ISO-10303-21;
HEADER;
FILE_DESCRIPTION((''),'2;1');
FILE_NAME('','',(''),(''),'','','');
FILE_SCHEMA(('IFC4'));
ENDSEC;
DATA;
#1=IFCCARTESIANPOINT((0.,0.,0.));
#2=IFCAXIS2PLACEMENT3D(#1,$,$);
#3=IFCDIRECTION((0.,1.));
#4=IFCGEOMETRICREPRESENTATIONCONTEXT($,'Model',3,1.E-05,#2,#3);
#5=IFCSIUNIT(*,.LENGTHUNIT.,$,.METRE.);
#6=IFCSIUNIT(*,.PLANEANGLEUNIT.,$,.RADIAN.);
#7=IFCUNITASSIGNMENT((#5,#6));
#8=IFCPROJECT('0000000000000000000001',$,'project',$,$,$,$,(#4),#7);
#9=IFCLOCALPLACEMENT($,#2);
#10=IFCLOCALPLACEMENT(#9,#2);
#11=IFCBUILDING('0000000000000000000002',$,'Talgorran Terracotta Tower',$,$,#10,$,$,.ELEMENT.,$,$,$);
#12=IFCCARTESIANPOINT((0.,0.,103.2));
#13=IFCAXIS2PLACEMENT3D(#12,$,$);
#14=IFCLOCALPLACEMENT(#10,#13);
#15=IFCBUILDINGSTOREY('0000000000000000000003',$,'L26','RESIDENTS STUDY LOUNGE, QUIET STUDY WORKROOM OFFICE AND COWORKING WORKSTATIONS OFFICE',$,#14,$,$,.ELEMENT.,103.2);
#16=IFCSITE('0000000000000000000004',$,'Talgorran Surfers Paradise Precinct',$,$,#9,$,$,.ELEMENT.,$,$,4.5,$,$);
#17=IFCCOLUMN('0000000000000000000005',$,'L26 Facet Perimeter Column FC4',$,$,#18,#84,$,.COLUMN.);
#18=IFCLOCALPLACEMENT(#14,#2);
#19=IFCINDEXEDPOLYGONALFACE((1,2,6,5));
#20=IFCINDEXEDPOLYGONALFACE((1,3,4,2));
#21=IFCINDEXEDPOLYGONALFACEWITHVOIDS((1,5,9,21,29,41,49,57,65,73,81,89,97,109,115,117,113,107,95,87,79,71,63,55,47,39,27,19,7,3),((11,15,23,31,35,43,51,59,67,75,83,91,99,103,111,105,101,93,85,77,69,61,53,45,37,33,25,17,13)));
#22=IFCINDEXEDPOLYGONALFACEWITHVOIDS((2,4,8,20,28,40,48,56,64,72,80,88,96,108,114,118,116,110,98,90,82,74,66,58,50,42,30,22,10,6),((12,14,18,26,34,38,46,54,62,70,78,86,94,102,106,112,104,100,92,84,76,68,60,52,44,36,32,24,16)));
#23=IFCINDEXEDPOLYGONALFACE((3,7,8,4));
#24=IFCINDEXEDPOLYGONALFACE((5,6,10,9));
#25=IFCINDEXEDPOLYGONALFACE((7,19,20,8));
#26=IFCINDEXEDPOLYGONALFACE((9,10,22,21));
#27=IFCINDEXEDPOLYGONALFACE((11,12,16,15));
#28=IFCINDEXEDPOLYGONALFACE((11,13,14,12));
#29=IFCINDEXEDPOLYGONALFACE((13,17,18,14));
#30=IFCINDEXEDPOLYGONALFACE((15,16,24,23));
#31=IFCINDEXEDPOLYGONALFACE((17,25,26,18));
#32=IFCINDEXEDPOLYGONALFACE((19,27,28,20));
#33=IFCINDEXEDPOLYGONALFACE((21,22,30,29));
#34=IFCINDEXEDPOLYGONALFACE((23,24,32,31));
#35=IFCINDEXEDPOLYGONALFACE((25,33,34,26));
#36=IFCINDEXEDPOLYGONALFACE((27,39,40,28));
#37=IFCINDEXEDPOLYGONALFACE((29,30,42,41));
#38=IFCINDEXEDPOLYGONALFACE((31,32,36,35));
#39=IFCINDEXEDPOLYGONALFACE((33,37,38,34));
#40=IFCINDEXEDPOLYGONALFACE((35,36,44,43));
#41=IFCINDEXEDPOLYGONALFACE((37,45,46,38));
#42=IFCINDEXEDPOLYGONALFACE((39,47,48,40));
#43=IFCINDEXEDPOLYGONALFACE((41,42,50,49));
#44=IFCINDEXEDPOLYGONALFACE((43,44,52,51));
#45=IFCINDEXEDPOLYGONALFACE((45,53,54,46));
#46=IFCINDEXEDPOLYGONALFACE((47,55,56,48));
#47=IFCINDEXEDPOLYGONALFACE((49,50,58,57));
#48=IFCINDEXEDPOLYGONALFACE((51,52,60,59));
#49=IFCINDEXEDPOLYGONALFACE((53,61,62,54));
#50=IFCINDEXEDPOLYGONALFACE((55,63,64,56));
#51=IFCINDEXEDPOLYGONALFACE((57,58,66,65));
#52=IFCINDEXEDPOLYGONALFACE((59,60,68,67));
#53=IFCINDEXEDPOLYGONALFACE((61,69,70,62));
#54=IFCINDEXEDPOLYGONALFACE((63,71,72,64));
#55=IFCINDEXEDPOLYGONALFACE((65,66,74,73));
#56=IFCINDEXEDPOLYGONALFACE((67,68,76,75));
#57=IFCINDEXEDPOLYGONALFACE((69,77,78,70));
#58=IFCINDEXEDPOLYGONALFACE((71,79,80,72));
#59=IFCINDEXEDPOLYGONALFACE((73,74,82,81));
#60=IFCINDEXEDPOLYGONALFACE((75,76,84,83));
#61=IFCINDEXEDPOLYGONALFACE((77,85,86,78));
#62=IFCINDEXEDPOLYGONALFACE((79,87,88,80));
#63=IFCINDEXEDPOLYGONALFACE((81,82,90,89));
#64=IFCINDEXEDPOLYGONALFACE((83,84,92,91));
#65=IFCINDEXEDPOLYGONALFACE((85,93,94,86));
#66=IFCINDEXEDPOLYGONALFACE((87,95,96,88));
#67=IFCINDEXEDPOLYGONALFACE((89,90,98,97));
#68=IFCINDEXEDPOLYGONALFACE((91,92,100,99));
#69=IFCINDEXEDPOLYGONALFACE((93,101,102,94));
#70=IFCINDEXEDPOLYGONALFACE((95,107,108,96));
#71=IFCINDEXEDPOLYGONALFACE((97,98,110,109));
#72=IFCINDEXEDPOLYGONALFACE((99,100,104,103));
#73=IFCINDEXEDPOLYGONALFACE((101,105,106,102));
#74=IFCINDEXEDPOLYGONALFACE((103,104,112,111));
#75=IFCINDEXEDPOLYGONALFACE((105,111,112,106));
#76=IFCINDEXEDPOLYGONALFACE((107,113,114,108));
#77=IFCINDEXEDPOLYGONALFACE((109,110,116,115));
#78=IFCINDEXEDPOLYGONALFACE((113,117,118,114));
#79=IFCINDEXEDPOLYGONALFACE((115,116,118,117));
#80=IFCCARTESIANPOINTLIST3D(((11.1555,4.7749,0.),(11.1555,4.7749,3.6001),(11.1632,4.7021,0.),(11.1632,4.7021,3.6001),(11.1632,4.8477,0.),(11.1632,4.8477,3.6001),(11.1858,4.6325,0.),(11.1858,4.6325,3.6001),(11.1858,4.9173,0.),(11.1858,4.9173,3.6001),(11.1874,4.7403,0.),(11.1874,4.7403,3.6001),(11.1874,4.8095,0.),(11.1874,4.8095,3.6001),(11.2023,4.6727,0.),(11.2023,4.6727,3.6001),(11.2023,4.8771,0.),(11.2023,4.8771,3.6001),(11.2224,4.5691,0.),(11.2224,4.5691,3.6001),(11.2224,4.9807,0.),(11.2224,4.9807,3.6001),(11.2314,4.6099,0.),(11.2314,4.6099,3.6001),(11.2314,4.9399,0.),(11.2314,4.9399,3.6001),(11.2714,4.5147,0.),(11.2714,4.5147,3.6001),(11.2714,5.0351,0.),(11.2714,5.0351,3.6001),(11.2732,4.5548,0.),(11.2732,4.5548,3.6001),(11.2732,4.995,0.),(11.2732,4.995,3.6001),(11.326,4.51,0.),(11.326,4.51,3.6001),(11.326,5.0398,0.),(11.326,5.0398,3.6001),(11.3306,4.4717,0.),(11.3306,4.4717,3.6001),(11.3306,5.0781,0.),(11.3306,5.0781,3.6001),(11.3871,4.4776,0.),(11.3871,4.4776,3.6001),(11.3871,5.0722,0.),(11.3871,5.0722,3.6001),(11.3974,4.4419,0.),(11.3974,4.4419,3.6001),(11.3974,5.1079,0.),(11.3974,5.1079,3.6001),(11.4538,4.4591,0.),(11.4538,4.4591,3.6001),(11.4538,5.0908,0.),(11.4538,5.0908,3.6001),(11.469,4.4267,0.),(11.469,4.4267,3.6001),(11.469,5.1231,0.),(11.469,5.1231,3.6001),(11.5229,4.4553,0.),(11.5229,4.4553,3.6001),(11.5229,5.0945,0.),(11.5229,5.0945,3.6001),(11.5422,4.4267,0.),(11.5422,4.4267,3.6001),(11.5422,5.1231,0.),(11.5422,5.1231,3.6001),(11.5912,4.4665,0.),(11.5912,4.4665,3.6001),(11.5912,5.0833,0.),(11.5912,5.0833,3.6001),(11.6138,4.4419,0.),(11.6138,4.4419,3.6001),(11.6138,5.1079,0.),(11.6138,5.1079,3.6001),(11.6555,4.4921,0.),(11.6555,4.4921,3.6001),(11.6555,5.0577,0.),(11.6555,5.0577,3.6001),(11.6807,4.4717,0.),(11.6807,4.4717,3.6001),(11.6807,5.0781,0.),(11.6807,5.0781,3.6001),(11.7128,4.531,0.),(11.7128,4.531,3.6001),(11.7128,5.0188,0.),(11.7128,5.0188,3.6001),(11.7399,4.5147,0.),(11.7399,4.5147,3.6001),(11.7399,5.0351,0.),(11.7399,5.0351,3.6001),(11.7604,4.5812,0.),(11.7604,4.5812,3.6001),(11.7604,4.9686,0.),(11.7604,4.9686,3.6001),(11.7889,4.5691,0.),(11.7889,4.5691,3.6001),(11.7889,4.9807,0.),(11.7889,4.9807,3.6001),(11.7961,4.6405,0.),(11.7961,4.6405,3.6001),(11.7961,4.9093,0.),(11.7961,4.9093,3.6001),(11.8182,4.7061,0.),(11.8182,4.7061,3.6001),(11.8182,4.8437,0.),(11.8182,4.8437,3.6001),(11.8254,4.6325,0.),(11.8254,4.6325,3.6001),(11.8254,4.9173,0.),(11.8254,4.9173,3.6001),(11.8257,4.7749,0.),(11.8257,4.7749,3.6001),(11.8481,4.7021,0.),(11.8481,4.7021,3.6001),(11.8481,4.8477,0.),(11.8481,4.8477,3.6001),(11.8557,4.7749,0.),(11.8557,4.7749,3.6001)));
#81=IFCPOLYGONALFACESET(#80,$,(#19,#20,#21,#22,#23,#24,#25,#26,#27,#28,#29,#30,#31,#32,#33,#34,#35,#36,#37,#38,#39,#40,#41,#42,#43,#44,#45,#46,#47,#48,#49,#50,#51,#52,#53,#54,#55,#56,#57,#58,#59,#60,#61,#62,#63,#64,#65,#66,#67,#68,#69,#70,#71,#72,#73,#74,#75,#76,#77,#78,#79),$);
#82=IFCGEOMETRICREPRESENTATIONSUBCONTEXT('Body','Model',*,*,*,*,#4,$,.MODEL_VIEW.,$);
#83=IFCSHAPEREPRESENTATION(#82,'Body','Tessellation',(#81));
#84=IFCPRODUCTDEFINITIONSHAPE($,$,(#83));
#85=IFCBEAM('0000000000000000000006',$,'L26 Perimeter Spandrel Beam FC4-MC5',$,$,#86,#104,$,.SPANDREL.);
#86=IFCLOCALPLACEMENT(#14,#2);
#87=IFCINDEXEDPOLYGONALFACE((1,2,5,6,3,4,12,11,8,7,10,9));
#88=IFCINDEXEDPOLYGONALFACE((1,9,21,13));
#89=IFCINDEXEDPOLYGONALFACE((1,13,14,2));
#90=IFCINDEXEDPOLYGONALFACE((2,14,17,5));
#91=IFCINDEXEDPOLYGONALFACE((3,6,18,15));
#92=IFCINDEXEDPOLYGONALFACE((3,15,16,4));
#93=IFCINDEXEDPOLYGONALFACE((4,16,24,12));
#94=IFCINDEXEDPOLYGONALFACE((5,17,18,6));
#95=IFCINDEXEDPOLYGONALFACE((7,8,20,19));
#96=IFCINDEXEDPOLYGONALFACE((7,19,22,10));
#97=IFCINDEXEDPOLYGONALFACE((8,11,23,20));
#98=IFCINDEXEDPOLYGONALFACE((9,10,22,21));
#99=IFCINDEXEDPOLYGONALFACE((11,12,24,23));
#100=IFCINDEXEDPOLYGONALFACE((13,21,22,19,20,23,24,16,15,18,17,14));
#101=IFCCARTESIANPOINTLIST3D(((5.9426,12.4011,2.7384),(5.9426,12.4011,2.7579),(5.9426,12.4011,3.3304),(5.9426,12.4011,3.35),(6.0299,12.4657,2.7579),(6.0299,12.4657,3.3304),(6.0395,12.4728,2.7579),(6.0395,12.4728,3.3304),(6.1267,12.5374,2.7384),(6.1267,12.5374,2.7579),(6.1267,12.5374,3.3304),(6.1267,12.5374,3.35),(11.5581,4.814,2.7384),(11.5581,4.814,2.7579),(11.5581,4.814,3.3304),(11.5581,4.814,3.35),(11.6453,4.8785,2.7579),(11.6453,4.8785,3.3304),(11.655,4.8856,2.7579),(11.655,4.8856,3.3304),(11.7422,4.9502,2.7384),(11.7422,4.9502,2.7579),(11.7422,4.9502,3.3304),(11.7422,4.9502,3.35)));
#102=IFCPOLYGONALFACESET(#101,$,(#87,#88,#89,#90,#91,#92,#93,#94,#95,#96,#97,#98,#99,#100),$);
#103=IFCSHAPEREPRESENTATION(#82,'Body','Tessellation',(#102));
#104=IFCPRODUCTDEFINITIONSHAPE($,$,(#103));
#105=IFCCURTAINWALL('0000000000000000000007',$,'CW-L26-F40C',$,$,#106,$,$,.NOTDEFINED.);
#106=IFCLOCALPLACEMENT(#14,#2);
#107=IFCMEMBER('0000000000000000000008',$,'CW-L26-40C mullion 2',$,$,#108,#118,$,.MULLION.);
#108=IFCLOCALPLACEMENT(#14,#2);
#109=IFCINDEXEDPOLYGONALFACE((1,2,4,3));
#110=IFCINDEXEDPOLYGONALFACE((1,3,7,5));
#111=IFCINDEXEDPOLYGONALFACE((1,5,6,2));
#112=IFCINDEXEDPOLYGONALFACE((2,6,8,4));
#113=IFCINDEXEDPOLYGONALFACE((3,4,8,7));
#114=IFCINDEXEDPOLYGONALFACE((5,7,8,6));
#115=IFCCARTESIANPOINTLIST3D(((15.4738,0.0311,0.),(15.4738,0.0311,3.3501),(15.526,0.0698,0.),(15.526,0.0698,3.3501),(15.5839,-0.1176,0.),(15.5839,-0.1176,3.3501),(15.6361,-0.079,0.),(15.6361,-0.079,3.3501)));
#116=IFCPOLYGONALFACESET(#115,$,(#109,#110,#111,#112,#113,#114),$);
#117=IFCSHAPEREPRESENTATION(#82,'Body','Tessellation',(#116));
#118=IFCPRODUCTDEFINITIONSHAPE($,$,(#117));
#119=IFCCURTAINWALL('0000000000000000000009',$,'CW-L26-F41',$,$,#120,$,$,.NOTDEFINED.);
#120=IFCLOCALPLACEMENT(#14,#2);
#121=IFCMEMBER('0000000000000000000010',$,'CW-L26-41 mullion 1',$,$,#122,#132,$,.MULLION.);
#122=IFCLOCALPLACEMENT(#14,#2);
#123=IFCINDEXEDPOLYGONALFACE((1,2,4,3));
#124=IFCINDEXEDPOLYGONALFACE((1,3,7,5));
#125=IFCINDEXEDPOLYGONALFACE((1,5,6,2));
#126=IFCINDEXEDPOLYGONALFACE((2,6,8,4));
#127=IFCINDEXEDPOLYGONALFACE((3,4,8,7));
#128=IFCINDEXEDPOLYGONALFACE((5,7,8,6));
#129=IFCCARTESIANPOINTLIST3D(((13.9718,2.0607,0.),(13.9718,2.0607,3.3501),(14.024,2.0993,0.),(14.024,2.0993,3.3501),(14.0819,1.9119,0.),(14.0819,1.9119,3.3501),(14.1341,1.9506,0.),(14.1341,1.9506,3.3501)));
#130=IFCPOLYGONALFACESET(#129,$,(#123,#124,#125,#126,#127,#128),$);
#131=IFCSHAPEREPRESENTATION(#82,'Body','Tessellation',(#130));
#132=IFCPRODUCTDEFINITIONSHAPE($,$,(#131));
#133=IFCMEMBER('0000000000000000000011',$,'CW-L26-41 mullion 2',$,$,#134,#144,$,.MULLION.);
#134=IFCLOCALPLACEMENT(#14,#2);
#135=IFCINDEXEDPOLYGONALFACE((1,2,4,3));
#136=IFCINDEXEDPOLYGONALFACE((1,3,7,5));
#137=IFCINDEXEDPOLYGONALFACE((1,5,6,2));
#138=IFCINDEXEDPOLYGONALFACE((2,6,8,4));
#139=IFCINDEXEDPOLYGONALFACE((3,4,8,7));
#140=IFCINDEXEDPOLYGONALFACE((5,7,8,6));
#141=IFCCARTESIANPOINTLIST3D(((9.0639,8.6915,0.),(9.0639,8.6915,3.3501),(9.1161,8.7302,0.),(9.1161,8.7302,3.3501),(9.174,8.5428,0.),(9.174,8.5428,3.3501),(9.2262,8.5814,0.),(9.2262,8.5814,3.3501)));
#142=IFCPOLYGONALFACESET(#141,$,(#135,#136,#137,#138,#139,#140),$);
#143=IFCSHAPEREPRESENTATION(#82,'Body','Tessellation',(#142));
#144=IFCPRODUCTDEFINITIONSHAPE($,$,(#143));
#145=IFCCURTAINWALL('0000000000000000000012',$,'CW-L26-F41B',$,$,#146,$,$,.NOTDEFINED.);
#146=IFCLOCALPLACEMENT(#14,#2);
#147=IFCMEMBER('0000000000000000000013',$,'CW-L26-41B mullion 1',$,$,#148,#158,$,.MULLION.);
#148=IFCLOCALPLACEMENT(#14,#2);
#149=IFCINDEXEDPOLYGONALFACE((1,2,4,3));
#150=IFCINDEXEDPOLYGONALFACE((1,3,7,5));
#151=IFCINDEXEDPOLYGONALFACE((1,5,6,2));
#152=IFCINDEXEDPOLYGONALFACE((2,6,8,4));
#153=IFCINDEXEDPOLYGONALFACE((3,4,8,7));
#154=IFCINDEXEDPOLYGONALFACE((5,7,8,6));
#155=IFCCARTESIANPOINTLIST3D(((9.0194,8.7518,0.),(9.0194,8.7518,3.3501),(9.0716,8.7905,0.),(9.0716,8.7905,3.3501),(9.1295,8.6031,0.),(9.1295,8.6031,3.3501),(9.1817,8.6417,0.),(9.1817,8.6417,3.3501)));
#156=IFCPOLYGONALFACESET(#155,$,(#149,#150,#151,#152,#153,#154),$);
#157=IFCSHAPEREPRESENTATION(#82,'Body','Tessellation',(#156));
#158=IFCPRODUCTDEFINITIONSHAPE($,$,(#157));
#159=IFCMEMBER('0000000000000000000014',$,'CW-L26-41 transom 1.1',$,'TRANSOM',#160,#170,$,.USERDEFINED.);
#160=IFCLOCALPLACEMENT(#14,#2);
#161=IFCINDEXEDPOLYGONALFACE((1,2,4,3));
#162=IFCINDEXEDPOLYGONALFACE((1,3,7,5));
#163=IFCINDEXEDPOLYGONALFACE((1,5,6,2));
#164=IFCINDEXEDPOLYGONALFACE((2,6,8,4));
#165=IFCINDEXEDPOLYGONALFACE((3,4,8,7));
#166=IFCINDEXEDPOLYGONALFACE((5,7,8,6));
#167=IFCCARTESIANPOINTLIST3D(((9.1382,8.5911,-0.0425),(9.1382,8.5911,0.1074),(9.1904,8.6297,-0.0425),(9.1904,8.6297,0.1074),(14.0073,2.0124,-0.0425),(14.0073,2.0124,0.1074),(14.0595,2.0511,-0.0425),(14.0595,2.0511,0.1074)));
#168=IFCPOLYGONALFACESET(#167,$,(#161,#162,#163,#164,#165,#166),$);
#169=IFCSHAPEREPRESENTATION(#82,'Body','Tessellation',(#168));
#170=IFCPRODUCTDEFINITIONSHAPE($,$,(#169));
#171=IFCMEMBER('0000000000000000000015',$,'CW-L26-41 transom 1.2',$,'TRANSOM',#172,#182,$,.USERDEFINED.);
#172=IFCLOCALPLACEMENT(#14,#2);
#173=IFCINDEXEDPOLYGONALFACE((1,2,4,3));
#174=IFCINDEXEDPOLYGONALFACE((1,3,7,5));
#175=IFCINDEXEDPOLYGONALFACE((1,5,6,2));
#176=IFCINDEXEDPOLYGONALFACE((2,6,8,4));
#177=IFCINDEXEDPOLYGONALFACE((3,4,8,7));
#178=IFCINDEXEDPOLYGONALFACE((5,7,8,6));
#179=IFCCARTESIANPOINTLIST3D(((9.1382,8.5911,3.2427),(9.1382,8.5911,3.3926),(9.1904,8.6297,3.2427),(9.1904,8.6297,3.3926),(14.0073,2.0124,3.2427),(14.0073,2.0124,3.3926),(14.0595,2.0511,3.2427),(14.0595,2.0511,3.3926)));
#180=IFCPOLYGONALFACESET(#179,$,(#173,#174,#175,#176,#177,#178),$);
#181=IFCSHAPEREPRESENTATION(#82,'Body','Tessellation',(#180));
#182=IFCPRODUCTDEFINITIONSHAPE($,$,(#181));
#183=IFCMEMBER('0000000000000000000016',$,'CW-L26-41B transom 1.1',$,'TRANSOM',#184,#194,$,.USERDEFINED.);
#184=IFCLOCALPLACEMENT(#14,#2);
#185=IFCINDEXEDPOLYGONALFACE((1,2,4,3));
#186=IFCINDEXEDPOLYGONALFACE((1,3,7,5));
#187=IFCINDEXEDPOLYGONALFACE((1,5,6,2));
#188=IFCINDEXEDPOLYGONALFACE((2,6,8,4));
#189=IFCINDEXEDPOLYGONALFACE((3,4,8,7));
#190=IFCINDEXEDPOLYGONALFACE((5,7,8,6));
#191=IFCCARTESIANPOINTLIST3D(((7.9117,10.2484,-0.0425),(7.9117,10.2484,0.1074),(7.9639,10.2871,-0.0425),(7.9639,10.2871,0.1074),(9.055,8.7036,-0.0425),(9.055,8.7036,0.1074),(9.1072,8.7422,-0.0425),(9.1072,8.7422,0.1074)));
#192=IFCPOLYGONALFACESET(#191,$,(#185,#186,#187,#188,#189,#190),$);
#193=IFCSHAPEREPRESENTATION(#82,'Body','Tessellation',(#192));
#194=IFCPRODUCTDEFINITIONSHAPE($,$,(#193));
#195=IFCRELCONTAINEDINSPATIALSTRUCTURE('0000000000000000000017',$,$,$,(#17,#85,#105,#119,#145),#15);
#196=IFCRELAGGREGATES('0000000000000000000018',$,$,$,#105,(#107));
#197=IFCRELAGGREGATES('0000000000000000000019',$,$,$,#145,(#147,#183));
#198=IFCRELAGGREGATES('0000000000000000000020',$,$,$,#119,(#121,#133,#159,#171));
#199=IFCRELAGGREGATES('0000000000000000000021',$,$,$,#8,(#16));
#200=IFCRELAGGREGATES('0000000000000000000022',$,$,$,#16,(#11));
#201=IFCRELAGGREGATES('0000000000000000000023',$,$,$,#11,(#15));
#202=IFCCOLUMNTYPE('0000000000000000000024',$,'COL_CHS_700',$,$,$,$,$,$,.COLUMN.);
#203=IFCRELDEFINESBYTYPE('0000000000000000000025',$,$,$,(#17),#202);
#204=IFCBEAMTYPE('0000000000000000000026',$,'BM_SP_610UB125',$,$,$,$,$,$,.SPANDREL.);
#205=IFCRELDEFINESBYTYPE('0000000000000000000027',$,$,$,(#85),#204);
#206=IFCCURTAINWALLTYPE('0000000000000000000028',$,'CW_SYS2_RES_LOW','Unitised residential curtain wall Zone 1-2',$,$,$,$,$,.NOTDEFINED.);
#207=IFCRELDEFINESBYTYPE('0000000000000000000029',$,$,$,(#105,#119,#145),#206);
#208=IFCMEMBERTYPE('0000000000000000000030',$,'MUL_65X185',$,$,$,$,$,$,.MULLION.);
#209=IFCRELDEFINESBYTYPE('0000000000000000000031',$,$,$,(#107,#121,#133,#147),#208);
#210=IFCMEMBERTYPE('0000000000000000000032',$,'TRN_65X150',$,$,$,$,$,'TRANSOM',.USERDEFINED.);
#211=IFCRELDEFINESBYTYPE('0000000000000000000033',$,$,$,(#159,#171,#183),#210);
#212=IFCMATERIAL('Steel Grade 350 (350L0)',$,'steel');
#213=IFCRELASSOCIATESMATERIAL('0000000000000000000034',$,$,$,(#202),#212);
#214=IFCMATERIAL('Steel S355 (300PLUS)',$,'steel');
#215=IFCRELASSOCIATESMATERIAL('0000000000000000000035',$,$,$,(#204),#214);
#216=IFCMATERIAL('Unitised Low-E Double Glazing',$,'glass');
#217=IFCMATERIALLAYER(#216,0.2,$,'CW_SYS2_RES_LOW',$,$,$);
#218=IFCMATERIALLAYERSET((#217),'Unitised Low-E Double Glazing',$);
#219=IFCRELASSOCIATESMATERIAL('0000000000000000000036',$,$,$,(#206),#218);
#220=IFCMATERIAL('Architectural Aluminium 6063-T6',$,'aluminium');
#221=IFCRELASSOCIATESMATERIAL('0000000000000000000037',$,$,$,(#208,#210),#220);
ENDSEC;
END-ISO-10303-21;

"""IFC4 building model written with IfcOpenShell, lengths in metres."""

from ifc_helpers import new_model, si_unit, direction, frame, origin, origin_2d, place, context, subcontext, project, spatial, rectangle, hollow_circle, i_section, extrude, material, layer, layer_set, material_profile, profile_set, type_object, element, aggregate, save


model = new_model("IFC4")

# Units and contexts
model_context = context("Model", 3, precision=1e-05, world=origin(), true_north=direction((0.0, 1.0)))
body_context = subcontext(model_context, "Body", "Model", "MODEL_VIEW")
ifc_project = project(units=[si_unit("LENGTHUNIT", "METRE"), si_unit("PLANEANGLEUNIT", "RADIAN")], contexts=[model_context])

# Site, building, storey
site_placement = place(None, origin())
site = spatial("IfcSite", under=ifc_project, at=site_placement, Name="Talgorran Surfers Paradise Precinct", CompositionType="ELEMENT", RefElevation=4.5)
building_placement = place(site_placement, origin())
building = spatial("IfcBuilding", under=site, at=building_placement, Name="Talgorran Terracotta Tower", CompositionType="ELEMENT")
storey_placement = place(building_placement, frame((0.0, 0.0, 103.2)))
storey = spatial("IfcBuildingStorey", under=building, at=storey_placement, Name="L26", Description="RESIDENTS STUDY LOUNGE, QUIET STUDY WORKROOM OFFICE AND COWORKING WORKSTATIONS OFFICE", CompositionType="ELEMENT", Elevation=103.2)

# Column
ifc_material_1 = material(Name="Steel Grade 350 (350L0)", Category="steel")
ifc_material_profile_1 = material_profile(ifc_material_1, hollow_circle(Radius=0.3501, WallThickness=0.03, at=origin_2d()), Name="CHS700X30")
ifc_profile_set_1 = profile_set([ifc_material_profile_1], Name="Steel Grade 350 (350L0)")
column_type = type_object("IfcColumnType", Name="COL_CHS_700", PredefinedType="COLUMN", material=ifc_profile_set_1)
column_placement = place(storey_placement, frame((11.5056, 4.7749, 0.0), z_axis=(0.0, 0.0, 1.0), x_axis=(1.0, 0.0, 0.0)))
element("IfcColumn", 1, at=column_placement, inside=storey, type_object=column_type, Name="L26 Facet Perimeter Column FC4", PredefinedType="COLUMN", context=body_context, shape_type="SweptSolid", body=[
    extrude(hollow_circle(Radius=0.3501, WallThickness=0.03, at=origin_2d()), origin(), (0.0, 0.0, 1.0), 3.6001),
])

# Beam
ifc_material_2 = material(Name="Steel S355 (300PLUS)", Category="steel")
ifc_material_profile_2 = material_profile(ifc_material_2, i_section(OverallWidth=0.229, OverallDepth=0.6116, WebThickness=0.012, FlangeThickness=0.0195, at=origin_2d()), Name="610UB125")
ifc_profile_set_2 = profile_set([ifc_material_profile_2], Name="Steel S355 (300PLUS)")
beam_type = type_object("IfcBeamType", Name="BM_SP_610UB125", PredefinedType="SPANDREL", material=ifc_profile_set_2)
beam_placement = place(storey_placement, frame((11.6501, 4.8821, 3.0442), z_axis=(-0.59491, 0.803792, 0.0), x_axis=(-0.803792, -0.59491, 0.0)))
element("IfcBeam", 2, at=beam_placement, inside=storey, type_object=beam_type, Name="L26 Perimeter Spandrel Beam FC4-MC5", PredefinedType="SPANDREL", context=body_context, shape_type="SweptSolid", body=[
    extrude(i_section(OverallWidth=0.229, OverallDepth=0.6116, WebThickness=0.012, FlangeThickness=0.0195, at=origin_2d()), origin(), (0.0, 0.0, 1.0), 9.4392),
])

# Curtain wall, member
ifc_material_3 = material(Name="Unitised Low-E Double Glazing", Category="glass")
ifc_layer_1 = layer(ifc_material_3, 0.2, Name="CW_SYS2_RES_LOW")
ifc_layer_set_1 = layer_set([ifc_layer_1], Name="Unitised Low-E Double Glazing")
curtain_wall_type = type_object("IfcCurtainWallType", Name="CW_SYS2_RES_LOW", Description="Unitised residential curtain wall Zone 1-2", PredefinedType="NOTDEFINED", material=ifc_layer_set_1)
curtain_wall_1_placement = place(storey_placement, origin())
curtain_wall_1 = element("IfcCurtainWall", 3, at=curtain_wall_1_placement, inside=storey, type_object=curtain_wall_type, Name="CW-L26-F40C", PredefinedType="NOTDEFINED")
ifc_material_4 = material(Name="Architectural Aluminium 6063-T6", Category="aluminium")
ifc_material_profile_3 = material_profile(ifc_material_4, rectangle(XDim=0.0649, YDim=0.1851, at=origin_2d()), Name="CWM65X185")
ifc_profile_set_3 = profile_set([ifc_material_profile_3], Name="Architectural Aluminium 6063-T6")
member_type_1 = type_object("IfcMemberType", Name="MUL_65X185", PredefinedType="MULLION", material=ifc_profile_set_3)
member_1_placement = place(storey_placement, frame((15.5549, -0.0239, 0.0), z_axis=(0.0, 0.0, 1.0), x_axis=(-0.803794, -0.594908, 0.0)))
member_1 = element("IfcMember", 4, at=member_1_placement, type_object=member_type_1, Name="CW-L26-40C mullion 2", PredefinedType="MULLION", context=body_context, shape_type="SweptSolid", body=[
    extrude(rectangle(XDim=0.0649, YDim=0.1851, at=origin_2d()), origin(), (0.0, 0.0, 1.0), 3.3501),
])
aggregate(curtain_wall_1, [member_1])

# Curtain wall, members
curtain_wall_2_placement = place(storey_placement, origin())
curtain_wall_2 = element("IfcCurtainWall", 5, at=curtain_wall_2_placement, inside=storey, type_object=curtain_wall_type, Name="CW-L26-F41", PredefinedType="NOTDEFINED")
member_2_placement = place(storey_placement, frame((14.053, 2.0056, 0.0), z_axis=(0.0, 0.0, 1.0), x_axis=(-0.803793, -0.59491, 0.0)))
member_2 = element("IfcMember", 6, at=member_2_placement, type_object=member_type_1, Name="CW-L26-41 mullion 1", PredefinedType="MULLION", context=body_context, shape_type="SweptSolid", body=[
    extrude(rectangle(XDim=0.0649, YDim=0.1851, at=origin_2d()), origin(), (0.0, 0.0, 1.0), 3.3501),
])
member_3_placement = place(storey_placement, frame((9.145, 8.6365, 0.0), z_axis=(0.0, 0.0, 1.0), x_axis=(-0.803793, -0.59491, 0.0)))
member_3 = element("IfcMember", 7, at=member_3_placement, type_object=member_type_1, Name="CW-L26-41 mullion 2", PredefinedType="MULLION", context=body_context, shape_type="SweptSolid", body=[
    extrude(rectangle(XDim=0.0649, YDim=0.1851, at=origin_2d()), origin(), (0.0, 0.0, 1.0), 3.3501),
])

# Curtain wall, member
curtain_wall_3_placement = place(storey_placement, origin())
curtain_wall_3 = element("IfcCurtainWall", 8, at=curtain_wall_3_placement, inside=storey, type_object=curtain_wall_type, Name="CW-L26-F41B", PredefinedType="NOTDEFINED")
member_4_placement = place(storey_placement, frame((9.1006, 8.6968, 0.0), z_axis=(0.0, 0.0, 1.0), x_axis=(-0.803791, -0.594912, 0.0)))
member_4 = element("IfcMember", 9, at=member_4_placement, type_object=member_type_1, Name="CW-L26-41B mullion 1", PredefinedType="MULLION", context=body_context, shape_type="SweptSolid", body=[
    extrude(rectangle(XDim=0.0649, YDim=0.1851, at=origin_2d()), origin(), (0.0, 0.0, 1.0), 3.3501),
])

# Members
ifc_material_profile_4 = material_profile(ifc_material_4, rectangle(XDim=0.0649, YDim=0.1499, at=origin_2d()), Name="CWT65X150")
ifc_profile_set_4 = profile_set([ifc_material_profile_4], Name="Architectural Aluminium 6063-T6")
member_type_2 = type_object("IfcMemberType", Name="TRN_65X150", ElementType="TRANSOM", PredefinedType="USERDEFINED", material=ifc_profile_set_4)
member_5_placement = place(storey_placement, frame((14.0334, 2.0317, 0.0325), z_axis=(-0.594919, 0.803785, 0.0), x_axis=(-0.803785, -0.594919, 0.0)))
member_5 = element("IfcMember", 10, at=member_5_placement, type_object=member_type_2, Name="CW-L26-41 transom 1.1", ObjectType="TRANSOM", PredefinedType="USERDEFINED", context=body_context, shape_type="SweptSolid", body=[
    extrude(rectangle(XDim=0.0649, YDim=0.1499, at=origin_2d()), origin(), (0.0, 0.0, 1.0), 8.1846),
])
member_6_placement = place(storey_placement, frame((14.0334, 2.0317, 3.3176), z_axis=(-0.594919, 0.803785, 0.0), x_axis=(-0.803785, -0.594919, 0.0)))
member_6 = element("IfcMember", 11, at=member_6_placement, type_object=member_type_2, Name="CW-L26-41 transom 1.2", ObjectType="TRANSOM", PredefinedType="USERDEFINED", context=body_context, shape_type="SweptSolid", body=[
    extrude(rectangle(XDim=0.0649, YDim=0.1499, at=origin_2d()), origin(), (0.0, 0.0, 1.0), 8.1846),
])
member_7_placement = place(storey_placement, frame((9.0811, 8.7229, 0.0325), z_axis=(-0.594866, 0.803825, 0.0), x_axis=(-0.803825, -0.594866, 0.0)))
member_7 = element("IfcMember", 12, at=member_7_placement, type_object=member_type_2, Name="CW-L26-41B transom 1.1", ObjectType="TRANSOM", PredefinedType="USERDEFINED", context=body_context, shape_type="SweptSolid", body=[
    extrude(rectangle(XDim=0.0649, YDim=0.1499, at=origin_2d()), origin(), (0.0, 0.0, 1.0), 1.9219),
])

aggregate(curtain_wall_3, [member_4, member_7])
aggregate(curtain_wall_2, [member_2, member_3, member_5, member_6])

save(model, "model.ifc")
